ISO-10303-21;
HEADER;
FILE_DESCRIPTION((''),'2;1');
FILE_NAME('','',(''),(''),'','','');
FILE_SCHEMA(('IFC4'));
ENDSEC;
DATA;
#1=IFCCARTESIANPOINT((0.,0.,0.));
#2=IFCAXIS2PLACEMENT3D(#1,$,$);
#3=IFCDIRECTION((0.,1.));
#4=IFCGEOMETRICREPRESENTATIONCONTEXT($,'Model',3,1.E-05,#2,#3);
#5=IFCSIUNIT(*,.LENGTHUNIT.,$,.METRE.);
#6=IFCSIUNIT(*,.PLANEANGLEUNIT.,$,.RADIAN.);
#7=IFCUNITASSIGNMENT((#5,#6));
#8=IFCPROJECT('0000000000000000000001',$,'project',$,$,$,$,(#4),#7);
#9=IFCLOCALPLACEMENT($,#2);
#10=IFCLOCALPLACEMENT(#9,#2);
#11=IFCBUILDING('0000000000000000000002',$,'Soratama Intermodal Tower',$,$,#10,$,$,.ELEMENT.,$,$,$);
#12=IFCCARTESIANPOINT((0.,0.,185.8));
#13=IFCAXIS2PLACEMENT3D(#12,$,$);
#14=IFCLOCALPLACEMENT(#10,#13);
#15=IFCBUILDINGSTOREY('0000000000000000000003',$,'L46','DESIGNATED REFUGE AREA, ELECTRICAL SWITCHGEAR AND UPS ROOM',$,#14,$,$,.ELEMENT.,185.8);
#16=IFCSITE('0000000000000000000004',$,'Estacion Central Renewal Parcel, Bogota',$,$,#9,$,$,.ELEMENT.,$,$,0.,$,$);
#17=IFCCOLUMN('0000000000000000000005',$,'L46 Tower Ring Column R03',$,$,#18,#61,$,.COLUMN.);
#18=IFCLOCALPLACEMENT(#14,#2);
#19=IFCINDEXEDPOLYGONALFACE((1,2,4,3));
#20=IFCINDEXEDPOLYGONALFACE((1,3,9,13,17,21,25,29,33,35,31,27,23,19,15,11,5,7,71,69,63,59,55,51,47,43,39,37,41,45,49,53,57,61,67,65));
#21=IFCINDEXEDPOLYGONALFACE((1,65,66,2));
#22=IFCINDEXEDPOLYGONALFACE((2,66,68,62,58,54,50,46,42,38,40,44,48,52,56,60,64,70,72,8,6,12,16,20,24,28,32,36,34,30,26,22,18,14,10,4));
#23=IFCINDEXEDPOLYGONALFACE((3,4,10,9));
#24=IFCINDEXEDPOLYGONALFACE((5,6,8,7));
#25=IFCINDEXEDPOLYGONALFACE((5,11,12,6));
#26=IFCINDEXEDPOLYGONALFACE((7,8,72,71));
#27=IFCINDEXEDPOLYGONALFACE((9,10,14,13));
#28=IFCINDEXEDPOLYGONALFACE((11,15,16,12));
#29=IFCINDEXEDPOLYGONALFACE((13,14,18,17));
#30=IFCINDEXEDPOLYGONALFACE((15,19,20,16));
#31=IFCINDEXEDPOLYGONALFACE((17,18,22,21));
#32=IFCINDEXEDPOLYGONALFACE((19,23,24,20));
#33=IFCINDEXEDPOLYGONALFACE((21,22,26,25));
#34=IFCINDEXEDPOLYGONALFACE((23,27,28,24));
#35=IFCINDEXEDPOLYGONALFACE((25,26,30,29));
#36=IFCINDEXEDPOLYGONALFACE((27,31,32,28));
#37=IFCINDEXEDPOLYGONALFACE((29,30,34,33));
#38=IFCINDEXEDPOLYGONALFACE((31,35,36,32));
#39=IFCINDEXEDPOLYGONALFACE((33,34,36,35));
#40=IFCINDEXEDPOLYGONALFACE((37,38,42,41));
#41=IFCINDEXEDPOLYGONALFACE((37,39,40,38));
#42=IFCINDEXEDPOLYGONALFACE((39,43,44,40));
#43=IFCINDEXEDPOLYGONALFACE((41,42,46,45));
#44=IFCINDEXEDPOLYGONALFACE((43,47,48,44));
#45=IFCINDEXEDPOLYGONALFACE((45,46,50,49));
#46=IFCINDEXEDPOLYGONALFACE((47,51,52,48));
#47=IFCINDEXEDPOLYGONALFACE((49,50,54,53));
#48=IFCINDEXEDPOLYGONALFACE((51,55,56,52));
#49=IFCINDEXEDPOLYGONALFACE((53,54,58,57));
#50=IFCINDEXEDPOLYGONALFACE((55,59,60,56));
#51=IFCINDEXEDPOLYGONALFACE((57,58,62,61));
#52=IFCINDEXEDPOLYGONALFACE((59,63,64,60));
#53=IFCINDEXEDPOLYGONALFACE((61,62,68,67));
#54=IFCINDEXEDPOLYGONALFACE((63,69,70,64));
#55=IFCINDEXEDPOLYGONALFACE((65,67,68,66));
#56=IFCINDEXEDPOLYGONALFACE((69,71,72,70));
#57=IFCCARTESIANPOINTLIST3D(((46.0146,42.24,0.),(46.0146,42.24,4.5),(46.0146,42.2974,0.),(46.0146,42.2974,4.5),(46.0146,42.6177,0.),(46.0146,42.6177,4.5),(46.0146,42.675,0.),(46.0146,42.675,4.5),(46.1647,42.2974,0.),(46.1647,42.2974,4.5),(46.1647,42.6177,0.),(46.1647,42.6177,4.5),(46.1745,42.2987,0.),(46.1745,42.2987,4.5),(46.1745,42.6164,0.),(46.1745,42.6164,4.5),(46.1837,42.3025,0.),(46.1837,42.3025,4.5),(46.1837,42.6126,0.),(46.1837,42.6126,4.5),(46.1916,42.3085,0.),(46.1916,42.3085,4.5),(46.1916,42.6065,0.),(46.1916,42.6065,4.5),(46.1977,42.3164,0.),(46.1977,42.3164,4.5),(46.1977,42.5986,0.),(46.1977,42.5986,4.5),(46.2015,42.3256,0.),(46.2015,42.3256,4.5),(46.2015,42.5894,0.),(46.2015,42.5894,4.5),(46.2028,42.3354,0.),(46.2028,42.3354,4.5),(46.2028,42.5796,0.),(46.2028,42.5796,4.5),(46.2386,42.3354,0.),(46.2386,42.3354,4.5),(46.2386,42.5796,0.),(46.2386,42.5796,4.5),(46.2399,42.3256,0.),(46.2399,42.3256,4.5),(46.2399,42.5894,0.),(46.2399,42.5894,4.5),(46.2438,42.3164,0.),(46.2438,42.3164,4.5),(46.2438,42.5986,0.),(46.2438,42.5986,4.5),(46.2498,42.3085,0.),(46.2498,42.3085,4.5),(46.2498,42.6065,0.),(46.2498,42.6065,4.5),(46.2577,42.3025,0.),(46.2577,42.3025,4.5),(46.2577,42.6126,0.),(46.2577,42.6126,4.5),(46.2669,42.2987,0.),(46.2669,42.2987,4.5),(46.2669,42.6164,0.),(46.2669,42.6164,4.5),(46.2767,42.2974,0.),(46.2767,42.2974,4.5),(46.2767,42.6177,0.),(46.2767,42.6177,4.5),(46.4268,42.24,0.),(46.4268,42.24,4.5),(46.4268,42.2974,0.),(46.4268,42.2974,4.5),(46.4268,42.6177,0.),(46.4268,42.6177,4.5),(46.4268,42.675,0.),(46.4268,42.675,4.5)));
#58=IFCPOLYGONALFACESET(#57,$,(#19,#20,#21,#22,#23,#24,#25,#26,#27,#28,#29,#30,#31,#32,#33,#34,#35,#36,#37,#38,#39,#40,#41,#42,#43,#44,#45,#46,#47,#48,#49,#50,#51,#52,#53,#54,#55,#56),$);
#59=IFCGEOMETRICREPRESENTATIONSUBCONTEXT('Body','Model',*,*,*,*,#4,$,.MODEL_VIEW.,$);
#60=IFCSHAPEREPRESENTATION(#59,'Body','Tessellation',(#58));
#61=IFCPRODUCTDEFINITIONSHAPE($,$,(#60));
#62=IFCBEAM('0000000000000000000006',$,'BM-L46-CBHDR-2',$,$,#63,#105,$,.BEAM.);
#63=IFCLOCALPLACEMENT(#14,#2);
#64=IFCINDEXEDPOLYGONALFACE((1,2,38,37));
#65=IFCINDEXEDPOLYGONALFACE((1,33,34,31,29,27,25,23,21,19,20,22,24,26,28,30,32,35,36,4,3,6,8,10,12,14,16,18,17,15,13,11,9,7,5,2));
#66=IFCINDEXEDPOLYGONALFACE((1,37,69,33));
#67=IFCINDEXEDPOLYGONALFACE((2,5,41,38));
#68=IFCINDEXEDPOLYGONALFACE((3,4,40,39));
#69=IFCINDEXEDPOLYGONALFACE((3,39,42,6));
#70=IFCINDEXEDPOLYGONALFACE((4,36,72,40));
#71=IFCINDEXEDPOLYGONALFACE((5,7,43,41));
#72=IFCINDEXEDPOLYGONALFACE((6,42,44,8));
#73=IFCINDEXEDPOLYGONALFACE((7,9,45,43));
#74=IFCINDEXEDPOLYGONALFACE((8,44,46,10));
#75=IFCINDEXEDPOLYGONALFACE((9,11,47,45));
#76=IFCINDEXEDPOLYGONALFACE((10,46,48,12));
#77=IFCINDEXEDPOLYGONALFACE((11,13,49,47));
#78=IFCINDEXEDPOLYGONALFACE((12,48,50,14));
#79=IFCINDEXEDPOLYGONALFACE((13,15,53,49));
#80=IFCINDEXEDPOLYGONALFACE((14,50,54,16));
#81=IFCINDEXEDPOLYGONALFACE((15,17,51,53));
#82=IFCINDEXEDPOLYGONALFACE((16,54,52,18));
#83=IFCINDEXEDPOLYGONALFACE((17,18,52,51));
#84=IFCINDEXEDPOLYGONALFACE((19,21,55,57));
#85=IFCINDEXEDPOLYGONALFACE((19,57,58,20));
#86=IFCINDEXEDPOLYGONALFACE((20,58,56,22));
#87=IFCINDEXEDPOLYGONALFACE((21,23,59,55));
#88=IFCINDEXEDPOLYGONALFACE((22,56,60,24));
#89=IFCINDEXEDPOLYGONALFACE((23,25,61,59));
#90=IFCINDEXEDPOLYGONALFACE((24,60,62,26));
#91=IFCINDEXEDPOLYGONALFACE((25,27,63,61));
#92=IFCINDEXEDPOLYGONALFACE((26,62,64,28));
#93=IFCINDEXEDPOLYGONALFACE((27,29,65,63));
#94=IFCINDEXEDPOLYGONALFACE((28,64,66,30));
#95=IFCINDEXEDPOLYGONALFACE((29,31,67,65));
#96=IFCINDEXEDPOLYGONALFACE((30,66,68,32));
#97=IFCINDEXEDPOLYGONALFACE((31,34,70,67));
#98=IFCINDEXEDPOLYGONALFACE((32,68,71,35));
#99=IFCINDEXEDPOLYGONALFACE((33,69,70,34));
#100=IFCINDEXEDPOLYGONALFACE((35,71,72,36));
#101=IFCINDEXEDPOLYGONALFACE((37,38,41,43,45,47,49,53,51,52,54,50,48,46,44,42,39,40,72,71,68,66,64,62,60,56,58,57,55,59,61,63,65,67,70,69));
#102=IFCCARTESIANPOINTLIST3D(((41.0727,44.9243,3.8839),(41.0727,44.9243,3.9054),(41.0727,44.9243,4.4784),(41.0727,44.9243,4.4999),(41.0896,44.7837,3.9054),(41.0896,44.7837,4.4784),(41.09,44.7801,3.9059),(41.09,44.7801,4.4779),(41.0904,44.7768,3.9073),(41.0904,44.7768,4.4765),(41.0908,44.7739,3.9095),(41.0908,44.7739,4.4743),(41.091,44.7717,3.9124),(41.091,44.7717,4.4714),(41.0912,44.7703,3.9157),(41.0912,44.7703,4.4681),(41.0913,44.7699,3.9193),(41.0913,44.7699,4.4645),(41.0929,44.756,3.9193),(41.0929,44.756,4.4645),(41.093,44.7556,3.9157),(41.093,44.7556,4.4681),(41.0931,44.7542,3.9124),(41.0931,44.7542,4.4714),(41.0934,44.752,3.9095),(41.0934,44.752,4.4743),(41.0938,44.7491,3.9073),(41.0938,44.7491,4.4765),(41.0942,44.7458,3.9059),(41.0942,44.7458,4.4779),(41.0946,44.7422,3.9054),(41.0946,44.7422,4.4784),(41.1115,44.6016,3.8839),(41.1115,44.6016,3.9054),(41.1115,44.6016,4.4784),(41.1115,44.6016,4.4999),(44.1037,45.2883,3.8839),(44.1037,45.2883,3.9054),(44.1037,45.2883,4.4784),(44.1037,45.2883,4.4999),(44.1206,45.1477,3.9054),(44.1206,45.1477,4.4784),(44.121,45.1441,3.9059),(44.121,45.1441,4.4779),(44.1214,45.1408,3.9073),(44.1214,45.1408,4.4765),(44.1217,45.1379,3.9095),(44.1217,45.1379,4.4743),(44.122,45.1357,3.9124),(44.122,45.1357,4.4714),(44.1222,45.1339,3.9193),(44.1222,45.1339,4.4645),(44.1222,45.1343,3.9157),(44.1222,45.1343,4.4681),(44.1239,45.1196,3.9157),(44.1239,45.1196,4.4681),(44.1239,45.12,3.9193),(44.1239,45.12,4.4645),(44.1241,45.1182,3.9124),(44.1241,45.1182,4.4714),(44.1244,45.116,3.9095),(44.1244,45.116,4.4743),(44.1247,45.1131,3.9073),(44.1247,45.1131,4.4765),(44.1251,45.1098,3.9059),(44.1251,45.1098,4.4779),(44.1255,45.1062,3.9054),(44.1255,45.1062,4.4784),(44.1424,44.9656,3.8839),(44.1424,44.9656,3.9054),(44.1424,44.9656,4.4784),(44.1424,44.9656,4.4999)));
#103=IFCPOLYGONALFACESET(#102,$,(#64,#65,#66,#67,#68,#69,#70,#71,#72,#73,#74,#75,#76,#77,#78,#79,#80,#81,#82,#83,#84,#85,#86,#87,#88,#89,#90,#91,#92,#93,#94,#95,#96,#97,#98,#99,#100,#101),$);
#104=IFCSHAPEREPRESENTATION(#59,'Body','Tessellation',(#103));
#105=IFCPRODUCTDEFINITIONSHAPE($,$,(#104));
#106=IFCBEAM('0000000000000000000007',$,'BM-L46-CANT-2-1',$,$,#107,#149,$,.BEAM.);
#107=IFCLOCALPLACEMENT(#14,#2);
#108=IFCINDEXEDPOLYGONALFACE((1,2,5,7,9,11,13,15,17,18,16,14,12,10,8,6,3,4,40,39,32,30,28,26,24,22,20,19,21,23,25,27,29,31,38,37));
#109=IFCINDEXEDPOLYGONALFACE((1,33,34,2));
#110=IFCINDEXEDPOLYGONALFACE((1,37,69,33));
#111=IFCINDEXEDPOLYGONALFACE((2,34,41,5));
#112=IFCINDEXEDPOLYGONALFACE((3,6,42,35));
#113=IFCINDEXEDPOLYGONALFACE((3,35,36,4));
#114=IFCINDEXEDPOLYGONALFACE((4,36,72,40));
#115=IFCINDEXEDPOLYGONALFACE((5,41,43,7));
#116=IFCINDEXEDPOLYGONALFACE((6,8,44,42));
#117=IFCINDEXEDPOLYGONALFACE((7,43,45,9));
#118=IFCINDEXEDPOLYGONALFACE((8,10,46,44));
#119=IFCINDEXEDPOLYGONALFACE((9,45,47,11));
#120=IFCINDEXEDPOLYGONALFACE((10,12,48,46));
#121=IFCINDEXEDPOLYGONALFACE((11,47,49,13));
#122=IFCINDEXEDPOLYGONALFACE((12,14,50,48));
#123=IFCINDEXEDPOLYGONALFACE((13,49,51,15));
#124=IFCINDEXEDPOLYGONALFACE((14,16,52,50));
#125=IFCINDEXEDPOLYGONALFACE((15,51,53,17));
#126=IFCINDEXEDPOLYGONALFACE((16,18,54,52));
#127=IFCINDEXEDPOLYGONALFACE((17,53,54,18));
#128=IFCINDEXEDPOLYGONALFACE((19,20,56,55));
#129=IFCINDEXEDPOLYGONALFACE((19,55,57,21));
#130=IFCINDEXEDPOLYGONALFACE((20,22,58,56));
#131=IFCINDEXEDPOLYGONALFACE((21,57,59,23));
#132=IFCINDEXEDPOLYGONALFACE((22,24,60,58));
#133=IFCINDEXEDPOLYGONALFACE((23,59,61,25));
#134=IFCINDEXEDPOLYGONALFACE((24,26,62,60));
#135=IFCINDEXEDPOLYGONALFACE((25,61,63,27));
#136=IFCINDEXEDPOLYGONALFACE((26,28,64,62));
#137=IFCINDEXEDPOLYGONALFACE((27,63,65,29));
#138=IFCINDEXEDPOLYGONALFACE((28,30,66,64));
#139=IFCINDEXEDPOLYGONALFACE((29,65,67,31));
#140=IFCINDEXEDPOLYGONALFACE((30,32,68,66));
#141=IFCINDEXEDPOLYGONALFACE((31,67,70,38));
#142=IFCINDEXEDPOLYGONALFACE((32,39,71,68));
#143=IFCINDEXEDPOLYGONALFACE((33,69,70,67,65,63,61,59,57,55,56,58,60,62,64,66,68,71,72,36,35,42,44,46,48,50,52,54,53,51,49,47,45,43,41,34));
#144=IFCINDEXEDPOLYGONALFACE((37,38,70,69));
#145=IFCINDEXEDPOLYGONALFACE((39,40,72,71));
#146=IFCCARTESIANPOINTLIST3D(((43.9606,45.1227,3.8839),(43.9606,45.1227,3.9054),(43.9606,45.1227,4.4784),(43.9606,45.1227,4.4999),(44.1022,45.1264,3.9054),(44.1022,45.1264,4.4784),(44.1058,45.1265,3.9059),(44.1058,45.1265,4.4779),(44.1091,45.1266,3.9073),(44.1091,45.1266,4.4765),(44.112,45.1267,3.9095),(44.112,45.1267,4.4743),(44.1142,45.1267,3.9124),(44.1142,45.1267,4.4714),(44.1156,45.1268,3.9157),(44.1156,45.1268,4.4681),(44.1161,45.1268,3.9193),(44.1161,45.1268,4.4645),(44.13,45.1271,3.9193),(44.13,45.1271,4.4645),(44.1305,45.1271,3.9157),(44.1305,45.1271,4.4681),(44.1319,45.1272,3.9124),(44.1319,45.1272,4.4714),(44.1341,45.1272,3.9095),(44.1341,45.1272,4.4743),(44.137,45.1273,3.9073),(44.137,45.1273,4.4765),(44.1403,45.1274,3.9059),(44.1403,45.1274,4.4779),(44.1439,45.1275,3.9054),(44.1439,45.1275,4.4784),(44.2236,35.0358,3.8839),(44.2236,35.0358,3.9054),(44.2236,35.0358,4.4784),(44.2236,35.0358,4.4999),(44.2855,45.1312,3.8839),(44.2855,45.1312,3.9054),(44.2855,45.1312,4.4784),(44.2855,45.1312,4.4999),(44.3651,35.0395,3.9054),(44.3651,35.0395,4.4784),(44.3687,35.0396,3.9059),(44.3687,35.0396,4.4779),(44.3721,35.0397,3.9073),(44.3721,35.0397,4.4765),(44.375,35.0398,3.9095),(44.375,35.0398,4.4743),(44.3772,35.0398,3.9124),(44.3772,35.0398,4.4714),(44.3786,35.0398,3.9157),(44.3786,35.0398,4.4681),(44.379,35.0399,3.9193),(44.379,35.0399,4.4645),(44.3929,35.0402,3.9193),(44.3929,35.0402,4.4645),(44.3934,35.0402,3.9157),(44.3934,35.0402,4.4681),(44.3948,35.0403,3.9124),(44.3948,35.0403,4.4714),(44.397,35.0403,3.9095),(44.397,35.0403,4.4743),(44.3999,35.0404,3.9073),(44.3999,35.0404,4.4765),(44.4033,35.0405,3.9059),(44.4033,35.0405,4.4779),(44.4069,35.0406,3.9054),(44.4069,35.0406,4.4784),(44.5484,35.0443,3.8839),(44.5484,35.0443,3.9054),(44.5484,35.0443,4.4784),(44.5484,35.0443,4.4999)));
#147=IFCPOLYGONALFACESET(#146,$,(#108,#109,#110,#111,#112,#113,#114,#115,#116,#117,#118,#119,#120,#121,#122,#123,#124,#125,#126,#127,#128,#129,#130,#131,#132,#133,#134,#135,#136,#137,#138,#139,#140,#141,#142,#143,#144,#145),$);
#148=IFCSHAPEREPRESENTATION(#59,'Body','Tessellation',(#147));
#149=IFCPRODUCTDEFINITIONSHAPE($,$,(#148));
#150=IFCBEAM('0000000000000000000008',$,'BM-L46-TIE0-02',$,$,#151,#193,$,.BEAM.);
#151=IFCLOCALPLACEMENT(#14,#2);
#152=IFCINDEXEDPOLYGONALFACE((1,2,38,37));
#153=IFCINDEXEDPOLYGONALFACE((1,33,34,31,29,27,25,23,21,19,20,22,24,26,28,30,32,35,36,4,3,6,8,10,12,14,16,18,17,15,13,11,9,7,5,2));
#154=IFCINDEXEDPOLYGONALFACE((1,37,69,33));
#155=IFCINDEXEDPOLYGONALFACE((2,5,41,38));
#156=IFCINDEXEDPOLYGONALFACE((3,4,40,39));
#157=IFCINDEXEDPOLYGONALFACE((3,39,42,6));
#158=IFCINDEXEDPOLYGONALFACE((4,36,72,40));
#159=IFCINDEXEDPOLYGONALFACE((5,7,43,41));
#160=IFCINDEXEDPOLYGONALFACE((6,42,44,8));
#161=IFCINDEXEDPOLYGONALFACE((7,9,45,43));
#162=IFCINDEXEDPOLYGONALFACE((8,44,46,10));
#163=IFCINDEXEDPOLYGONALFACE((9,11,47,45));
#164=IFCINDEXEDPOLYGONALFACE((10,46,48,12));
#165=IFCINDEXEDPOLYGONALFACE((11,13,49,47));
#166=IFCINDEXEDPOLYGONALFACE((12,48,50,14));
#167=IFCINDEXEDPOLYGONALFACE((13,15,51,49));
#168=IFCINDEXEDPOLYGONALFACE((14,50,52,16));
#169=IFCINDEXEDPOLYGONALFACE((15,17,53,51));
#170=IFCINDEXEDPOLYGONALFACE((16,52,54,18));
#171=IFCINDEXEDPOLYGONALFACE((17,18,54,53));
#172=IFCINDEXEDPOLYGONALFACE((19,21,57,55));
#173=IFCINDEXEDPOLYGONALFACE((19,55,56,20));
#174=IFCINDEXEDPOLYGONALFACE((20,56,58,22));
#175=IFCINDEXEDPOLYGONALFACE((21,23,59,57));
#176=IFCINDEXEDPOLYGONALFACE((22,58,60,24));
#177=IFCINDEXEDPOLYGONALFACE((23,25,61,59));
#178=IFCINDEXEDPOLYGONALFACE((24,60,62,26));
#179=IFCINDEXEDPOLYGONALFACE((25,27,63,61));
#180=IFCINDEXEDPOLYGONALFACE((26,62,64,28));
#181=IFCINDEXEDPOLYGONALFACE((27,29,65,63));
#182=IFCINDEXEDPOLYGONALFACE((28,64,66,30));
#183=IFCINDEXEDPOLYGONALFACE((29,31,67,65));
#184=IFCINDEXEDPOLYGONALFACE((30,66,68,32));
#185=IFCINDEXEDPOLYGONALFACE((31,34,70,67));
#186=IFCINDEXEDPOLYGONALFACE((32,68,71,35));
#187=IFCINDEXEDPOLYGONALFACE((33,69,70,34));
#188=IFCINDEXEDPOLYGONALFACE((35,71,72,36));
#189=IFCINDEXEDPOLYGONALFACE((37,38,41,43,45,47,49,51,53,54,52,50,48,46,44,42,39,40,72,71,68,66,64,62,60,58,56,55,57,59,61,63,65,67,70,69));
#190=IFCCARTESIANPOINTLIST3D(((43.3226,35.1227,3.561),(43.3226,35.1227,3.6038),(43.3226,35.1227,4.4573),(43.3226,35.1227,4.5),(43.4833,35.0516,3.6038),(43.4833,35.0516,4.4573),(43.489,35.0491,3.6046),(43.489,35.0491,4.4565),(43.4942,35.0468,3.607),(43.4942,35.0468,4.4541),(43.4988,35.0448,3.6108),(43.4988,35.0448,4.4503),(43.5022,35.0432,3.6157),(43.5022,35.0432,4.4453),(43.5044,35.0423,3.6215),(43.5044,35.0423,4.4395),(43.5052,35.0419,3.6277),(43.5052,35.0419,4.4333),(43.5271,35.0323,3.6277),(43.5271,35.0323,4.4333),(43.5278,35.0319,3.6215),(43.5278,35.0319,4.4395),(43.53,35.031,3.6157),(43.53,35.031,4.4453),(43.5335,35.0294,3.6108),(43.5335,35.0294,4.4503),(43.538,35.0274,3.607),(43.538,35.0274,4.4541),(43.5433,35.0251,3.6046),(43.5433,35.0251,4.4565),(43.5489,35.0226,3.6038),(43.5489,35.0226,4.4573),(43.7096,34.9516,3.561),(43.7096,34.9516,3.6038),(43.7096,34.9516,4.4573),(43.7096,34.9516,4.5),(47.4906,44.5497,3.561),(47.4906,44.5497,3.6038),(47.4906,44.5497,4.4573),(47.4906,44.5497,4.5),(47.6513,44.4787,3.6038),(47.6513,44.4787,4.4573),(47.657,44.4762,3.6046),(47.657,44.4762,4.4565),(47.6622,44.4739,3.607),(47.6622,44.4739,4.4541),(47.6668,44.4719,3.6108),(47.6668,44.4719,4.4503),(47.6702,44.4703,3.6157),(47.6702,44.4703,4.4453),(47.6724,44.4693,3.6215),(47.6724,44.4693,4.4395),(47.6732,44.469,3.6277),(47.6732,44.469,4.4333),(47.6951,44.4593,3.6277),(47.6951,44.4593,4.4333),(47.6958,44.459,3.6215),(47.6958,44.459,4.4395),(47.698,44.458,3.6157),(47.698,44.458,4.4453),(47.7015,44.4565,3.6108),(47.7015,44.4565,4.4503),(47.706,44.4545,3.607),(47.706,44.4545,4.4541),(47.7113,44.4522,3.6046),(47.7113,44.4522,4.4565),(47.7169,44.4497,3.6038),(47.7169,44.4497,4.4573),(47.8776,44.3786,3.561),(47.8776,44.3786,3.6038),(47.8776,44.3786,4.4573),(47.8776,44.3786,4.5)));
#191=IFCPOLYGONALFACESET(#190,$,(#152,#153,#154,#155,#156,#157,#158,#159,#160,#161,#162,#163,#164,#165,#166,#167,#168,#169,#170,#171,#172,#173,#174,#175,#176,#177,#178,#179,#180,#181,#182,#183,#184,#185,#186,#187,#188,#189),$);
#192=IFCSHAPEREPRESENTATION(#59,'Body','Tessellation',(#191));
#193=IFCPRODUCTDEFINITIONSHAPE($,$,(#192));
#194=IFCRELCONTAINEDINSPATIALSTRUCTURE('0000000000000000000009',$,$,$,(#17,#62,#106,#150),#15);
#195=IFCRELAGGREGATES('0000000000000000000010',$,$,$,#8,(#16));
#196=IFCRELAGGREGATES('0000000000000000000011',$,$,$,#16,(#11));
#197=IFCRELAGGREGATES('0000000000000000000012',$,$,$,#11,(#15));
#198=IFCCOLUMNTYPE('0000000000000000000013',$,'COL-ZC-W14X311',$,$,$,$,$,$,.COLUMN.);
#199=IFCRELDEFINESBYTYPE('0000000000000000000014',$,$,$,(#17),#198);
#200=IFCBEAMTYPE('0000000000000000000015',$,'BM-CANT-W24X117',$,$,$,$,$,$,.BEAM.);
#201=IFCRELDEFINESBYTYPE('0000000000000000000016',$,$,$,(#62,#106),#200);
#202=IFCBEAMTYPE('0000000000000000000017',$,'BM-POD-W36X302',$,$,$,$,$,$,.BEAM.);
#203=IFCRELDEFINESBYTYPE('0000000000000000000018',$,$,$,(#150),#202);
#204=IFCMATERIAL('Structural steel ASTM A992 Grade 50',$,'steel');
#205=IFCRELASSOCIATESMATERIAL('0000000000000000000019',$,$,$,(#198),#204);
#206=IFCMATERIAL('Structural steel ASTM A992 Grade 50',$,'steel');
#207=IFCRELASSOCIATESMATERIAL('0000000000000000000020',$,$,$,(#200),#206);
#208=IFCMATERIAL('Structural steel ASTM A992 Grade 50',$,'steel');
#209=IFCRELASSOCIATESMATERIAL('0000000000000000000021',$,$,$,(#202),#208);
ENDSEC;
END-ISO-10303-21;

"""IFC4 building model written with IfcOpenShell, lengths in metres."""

from ifc_helpers import new_model, si_unit, direction, frame, origin, origin_2d, place, context, subcontext, project, spatial, i_section, extrude, material, material_profile, profile_set, type_object, element, save


model = new_model("IFC4")

# Units and contexts
model_context = context("Model", 3, precision=1e-05, world=origin(), true_north=direction((0.0, 1.0)))
body_context = subcontext(model_context, "Body", "Model", "MODEL_VIEW")
ifc_project = project(units=[si_unit("LENGTHUNIT", "METRE"), si_unit("PLANEANGLEUNIT", "RADIAN")], contexts=[model_context])

# Site, building, storey
site_placement = place(None, origin())
site = spatial("IfcSite", under=ifc_project, at=site_placement, Name="Estacion Central Renewal Parcel, Bogota", CompositionType="ELEMENT", RefElevation=0.0)
building_placement = place(site_placement, origin())
building = spatial("IfcBuilding", under=site, at=building_placement, Name="Soratama Intermodal Tower", CompositionType="ELEMENT")
storey_placement = place(building_placement, frame((0.0, 0.0, 185.8)))
storey = spatial("IfcBuildingStorey", under=building, at=storey_placement, Name="L46", Description="DESIGNATED REFUGE AREA, ELECTRICAL SWITCHGEAR AND UPS ROOM", CompositionType="ELEMENT", Elevation=185.8)

# Column
ifc_material_1 = material(Name="Structural steel ASTM A992 Grade 50", Category="steel")
ifc_material_profile_1 = material_profile(ifc_material_1, i_section(OverallWidth=0.4121, OverallDepth=0.4351, WebThickness=0.0359, FlangeThickness=0.0574, FilletRadius=0.0381, at=origin_2d()), Name="W14X311")
ifc_profile_set_1 = profile_set([ifc_material_profile_1], Name="Structural steel ASTM A992 Grade 50")
column_type = type_object("IfcColumnType", Name="COL-ZC-W14X311", PredefinedType="COLUMN", material=ifc_profile_set_1)
column_placement = place(storey_placement, frame((46.2207, 42.4575, 0.0), z_axis=(0.0, 0.0, 1.0), x_axis=(1.0, 0.0, 0.0)))
element("IfcColumn", 1, at=column_placement, inside=storey, type_object=column_type, Name="L46 Tower Ring Column R03", PredefinedType="COLUMN", context=body_context, shape_type="SweptSolid", body=[
    extrude(i_section(OverallWidth=0.4121, OverallDepth=0.4351, WebThickness=0.0359, FlangeThickness=0.0574, FilletRadius=0.0381, at=origin_2d()), origin(), (0.0, 0.0, 1.0), 4.5),
])

# Beams
ifc_material_2 = material(Name="Structural steel ASTM A992 Grade 50", Category="steel")
ifc_material_profile_2 = material_profile(ifc_material_2, i_section(OverallWidth=0.325, OverallDepth=0.616, WebThickness=0.0139, FlangeThickness=0.0215, FilletRadius=0.0139, at=origin_2d()), Name="W24X117")
ifc_profile_set_2 = profile_set([ifc_material_profile_2], Name="Structural steel ASTM A992 Grade 50")
beam_type_1 = type_object("IfcBeamType", Name="BM-CANT-W24X117", PredefinedType="BEAM", material=ifc_profile_set_2)
beam_1_placement = place(storey_placement, frame((44.123, 45.127, 4.1919), z_axis=(-0.992865, -0.11924, 0.0), x_axis=(0.11924, -0.992865, 0.0)))
element("IfcBeam", 2, at=beam_1_placement, inside=storey, type_object=beam_type_1, Name="BM-L46-CBHDR-2", PredefinedType="BEAM", context=body_context, shape_type="SweptSolid", body=[
    extrude(i_section(OverallWidth=0.325, OverallDepth=0.616, WebThickness=0.0139, FlangeThickness=0.0215, FilletRadius=0.0139, at=origin_2d()), origin(), (0.0, 0.0, 1.0), 3.0527),
])
beam_2_placement = place(storey_placement, frame((44.386, 35.04, 4.1919), z_axis=(-0.026059, 0.99966, 0.0), x_axis=(-0.99966, -0.026059, 0.0)))
element("IfcBeam", 3, at=beam_2_placement, inside=storey, type_object=beam_type_1, Name="BM-L46-CANT-2-1", PredefinedType="BEAM", context=body_context, shape_type="SweptSolid", body=[
    extrude(i_section(OverallWidth=0.325, OverallDepth=0.616, WebThickness=0.0139, FlangeThickness=0.0215, FilletRadius=0.0139, at=origin_2d()), origin(), (0.0, 0.0, 1.0), 10.0903),
])
ifc_material_3 = material(Name="Structural steel ASTM A992 Grade 50", Category="steel")
ifc_material_profile_3 = material_profile(ifc_material_3, i_section(OverallWidth=0.4231, OverallDepth=0.939, WebThickness=0.0239, FlangeThickness=0.0427, FilletRadius=0.0239, at=origin_2d()), Name="W36X302")
ifc_profile_set_3 = profile_set([ifc_material_profile_3], Name="Structural steel ASTM A992 Grade 50")
beam_type_2 = type_object("IfcBeamType", Name="BM-POD-W36X302", PredefinedType="BEAM", material=ifc_profile_set_3)
beam_3_placement = place(storey_placement, frame((43.5161, 35.0371, 4.0305), z_axis=(0.404371, 0.914595, 0.0), x_axis=(-0.914595, 0.404371, 0.0)))
element("IfcBeam", 4, at=beam_3_placement, inside=storey, type_object=beam_type_2, Name="BM-L46-TIE0-02", PredefinedType="BEAM", context=body_context, shape_type="SweptSolid", body=[
    extrude(i_section(OverallWidth=0.4231, OverallDepth=0.939, WebThickness=0.0239, FlangeThickness=0.0427, FilletRadius=0.0239, at=origin_2d()), origin(), (0.0, 0.0, 1.0), 10.3074),
])

save(model, "model.ifc")
